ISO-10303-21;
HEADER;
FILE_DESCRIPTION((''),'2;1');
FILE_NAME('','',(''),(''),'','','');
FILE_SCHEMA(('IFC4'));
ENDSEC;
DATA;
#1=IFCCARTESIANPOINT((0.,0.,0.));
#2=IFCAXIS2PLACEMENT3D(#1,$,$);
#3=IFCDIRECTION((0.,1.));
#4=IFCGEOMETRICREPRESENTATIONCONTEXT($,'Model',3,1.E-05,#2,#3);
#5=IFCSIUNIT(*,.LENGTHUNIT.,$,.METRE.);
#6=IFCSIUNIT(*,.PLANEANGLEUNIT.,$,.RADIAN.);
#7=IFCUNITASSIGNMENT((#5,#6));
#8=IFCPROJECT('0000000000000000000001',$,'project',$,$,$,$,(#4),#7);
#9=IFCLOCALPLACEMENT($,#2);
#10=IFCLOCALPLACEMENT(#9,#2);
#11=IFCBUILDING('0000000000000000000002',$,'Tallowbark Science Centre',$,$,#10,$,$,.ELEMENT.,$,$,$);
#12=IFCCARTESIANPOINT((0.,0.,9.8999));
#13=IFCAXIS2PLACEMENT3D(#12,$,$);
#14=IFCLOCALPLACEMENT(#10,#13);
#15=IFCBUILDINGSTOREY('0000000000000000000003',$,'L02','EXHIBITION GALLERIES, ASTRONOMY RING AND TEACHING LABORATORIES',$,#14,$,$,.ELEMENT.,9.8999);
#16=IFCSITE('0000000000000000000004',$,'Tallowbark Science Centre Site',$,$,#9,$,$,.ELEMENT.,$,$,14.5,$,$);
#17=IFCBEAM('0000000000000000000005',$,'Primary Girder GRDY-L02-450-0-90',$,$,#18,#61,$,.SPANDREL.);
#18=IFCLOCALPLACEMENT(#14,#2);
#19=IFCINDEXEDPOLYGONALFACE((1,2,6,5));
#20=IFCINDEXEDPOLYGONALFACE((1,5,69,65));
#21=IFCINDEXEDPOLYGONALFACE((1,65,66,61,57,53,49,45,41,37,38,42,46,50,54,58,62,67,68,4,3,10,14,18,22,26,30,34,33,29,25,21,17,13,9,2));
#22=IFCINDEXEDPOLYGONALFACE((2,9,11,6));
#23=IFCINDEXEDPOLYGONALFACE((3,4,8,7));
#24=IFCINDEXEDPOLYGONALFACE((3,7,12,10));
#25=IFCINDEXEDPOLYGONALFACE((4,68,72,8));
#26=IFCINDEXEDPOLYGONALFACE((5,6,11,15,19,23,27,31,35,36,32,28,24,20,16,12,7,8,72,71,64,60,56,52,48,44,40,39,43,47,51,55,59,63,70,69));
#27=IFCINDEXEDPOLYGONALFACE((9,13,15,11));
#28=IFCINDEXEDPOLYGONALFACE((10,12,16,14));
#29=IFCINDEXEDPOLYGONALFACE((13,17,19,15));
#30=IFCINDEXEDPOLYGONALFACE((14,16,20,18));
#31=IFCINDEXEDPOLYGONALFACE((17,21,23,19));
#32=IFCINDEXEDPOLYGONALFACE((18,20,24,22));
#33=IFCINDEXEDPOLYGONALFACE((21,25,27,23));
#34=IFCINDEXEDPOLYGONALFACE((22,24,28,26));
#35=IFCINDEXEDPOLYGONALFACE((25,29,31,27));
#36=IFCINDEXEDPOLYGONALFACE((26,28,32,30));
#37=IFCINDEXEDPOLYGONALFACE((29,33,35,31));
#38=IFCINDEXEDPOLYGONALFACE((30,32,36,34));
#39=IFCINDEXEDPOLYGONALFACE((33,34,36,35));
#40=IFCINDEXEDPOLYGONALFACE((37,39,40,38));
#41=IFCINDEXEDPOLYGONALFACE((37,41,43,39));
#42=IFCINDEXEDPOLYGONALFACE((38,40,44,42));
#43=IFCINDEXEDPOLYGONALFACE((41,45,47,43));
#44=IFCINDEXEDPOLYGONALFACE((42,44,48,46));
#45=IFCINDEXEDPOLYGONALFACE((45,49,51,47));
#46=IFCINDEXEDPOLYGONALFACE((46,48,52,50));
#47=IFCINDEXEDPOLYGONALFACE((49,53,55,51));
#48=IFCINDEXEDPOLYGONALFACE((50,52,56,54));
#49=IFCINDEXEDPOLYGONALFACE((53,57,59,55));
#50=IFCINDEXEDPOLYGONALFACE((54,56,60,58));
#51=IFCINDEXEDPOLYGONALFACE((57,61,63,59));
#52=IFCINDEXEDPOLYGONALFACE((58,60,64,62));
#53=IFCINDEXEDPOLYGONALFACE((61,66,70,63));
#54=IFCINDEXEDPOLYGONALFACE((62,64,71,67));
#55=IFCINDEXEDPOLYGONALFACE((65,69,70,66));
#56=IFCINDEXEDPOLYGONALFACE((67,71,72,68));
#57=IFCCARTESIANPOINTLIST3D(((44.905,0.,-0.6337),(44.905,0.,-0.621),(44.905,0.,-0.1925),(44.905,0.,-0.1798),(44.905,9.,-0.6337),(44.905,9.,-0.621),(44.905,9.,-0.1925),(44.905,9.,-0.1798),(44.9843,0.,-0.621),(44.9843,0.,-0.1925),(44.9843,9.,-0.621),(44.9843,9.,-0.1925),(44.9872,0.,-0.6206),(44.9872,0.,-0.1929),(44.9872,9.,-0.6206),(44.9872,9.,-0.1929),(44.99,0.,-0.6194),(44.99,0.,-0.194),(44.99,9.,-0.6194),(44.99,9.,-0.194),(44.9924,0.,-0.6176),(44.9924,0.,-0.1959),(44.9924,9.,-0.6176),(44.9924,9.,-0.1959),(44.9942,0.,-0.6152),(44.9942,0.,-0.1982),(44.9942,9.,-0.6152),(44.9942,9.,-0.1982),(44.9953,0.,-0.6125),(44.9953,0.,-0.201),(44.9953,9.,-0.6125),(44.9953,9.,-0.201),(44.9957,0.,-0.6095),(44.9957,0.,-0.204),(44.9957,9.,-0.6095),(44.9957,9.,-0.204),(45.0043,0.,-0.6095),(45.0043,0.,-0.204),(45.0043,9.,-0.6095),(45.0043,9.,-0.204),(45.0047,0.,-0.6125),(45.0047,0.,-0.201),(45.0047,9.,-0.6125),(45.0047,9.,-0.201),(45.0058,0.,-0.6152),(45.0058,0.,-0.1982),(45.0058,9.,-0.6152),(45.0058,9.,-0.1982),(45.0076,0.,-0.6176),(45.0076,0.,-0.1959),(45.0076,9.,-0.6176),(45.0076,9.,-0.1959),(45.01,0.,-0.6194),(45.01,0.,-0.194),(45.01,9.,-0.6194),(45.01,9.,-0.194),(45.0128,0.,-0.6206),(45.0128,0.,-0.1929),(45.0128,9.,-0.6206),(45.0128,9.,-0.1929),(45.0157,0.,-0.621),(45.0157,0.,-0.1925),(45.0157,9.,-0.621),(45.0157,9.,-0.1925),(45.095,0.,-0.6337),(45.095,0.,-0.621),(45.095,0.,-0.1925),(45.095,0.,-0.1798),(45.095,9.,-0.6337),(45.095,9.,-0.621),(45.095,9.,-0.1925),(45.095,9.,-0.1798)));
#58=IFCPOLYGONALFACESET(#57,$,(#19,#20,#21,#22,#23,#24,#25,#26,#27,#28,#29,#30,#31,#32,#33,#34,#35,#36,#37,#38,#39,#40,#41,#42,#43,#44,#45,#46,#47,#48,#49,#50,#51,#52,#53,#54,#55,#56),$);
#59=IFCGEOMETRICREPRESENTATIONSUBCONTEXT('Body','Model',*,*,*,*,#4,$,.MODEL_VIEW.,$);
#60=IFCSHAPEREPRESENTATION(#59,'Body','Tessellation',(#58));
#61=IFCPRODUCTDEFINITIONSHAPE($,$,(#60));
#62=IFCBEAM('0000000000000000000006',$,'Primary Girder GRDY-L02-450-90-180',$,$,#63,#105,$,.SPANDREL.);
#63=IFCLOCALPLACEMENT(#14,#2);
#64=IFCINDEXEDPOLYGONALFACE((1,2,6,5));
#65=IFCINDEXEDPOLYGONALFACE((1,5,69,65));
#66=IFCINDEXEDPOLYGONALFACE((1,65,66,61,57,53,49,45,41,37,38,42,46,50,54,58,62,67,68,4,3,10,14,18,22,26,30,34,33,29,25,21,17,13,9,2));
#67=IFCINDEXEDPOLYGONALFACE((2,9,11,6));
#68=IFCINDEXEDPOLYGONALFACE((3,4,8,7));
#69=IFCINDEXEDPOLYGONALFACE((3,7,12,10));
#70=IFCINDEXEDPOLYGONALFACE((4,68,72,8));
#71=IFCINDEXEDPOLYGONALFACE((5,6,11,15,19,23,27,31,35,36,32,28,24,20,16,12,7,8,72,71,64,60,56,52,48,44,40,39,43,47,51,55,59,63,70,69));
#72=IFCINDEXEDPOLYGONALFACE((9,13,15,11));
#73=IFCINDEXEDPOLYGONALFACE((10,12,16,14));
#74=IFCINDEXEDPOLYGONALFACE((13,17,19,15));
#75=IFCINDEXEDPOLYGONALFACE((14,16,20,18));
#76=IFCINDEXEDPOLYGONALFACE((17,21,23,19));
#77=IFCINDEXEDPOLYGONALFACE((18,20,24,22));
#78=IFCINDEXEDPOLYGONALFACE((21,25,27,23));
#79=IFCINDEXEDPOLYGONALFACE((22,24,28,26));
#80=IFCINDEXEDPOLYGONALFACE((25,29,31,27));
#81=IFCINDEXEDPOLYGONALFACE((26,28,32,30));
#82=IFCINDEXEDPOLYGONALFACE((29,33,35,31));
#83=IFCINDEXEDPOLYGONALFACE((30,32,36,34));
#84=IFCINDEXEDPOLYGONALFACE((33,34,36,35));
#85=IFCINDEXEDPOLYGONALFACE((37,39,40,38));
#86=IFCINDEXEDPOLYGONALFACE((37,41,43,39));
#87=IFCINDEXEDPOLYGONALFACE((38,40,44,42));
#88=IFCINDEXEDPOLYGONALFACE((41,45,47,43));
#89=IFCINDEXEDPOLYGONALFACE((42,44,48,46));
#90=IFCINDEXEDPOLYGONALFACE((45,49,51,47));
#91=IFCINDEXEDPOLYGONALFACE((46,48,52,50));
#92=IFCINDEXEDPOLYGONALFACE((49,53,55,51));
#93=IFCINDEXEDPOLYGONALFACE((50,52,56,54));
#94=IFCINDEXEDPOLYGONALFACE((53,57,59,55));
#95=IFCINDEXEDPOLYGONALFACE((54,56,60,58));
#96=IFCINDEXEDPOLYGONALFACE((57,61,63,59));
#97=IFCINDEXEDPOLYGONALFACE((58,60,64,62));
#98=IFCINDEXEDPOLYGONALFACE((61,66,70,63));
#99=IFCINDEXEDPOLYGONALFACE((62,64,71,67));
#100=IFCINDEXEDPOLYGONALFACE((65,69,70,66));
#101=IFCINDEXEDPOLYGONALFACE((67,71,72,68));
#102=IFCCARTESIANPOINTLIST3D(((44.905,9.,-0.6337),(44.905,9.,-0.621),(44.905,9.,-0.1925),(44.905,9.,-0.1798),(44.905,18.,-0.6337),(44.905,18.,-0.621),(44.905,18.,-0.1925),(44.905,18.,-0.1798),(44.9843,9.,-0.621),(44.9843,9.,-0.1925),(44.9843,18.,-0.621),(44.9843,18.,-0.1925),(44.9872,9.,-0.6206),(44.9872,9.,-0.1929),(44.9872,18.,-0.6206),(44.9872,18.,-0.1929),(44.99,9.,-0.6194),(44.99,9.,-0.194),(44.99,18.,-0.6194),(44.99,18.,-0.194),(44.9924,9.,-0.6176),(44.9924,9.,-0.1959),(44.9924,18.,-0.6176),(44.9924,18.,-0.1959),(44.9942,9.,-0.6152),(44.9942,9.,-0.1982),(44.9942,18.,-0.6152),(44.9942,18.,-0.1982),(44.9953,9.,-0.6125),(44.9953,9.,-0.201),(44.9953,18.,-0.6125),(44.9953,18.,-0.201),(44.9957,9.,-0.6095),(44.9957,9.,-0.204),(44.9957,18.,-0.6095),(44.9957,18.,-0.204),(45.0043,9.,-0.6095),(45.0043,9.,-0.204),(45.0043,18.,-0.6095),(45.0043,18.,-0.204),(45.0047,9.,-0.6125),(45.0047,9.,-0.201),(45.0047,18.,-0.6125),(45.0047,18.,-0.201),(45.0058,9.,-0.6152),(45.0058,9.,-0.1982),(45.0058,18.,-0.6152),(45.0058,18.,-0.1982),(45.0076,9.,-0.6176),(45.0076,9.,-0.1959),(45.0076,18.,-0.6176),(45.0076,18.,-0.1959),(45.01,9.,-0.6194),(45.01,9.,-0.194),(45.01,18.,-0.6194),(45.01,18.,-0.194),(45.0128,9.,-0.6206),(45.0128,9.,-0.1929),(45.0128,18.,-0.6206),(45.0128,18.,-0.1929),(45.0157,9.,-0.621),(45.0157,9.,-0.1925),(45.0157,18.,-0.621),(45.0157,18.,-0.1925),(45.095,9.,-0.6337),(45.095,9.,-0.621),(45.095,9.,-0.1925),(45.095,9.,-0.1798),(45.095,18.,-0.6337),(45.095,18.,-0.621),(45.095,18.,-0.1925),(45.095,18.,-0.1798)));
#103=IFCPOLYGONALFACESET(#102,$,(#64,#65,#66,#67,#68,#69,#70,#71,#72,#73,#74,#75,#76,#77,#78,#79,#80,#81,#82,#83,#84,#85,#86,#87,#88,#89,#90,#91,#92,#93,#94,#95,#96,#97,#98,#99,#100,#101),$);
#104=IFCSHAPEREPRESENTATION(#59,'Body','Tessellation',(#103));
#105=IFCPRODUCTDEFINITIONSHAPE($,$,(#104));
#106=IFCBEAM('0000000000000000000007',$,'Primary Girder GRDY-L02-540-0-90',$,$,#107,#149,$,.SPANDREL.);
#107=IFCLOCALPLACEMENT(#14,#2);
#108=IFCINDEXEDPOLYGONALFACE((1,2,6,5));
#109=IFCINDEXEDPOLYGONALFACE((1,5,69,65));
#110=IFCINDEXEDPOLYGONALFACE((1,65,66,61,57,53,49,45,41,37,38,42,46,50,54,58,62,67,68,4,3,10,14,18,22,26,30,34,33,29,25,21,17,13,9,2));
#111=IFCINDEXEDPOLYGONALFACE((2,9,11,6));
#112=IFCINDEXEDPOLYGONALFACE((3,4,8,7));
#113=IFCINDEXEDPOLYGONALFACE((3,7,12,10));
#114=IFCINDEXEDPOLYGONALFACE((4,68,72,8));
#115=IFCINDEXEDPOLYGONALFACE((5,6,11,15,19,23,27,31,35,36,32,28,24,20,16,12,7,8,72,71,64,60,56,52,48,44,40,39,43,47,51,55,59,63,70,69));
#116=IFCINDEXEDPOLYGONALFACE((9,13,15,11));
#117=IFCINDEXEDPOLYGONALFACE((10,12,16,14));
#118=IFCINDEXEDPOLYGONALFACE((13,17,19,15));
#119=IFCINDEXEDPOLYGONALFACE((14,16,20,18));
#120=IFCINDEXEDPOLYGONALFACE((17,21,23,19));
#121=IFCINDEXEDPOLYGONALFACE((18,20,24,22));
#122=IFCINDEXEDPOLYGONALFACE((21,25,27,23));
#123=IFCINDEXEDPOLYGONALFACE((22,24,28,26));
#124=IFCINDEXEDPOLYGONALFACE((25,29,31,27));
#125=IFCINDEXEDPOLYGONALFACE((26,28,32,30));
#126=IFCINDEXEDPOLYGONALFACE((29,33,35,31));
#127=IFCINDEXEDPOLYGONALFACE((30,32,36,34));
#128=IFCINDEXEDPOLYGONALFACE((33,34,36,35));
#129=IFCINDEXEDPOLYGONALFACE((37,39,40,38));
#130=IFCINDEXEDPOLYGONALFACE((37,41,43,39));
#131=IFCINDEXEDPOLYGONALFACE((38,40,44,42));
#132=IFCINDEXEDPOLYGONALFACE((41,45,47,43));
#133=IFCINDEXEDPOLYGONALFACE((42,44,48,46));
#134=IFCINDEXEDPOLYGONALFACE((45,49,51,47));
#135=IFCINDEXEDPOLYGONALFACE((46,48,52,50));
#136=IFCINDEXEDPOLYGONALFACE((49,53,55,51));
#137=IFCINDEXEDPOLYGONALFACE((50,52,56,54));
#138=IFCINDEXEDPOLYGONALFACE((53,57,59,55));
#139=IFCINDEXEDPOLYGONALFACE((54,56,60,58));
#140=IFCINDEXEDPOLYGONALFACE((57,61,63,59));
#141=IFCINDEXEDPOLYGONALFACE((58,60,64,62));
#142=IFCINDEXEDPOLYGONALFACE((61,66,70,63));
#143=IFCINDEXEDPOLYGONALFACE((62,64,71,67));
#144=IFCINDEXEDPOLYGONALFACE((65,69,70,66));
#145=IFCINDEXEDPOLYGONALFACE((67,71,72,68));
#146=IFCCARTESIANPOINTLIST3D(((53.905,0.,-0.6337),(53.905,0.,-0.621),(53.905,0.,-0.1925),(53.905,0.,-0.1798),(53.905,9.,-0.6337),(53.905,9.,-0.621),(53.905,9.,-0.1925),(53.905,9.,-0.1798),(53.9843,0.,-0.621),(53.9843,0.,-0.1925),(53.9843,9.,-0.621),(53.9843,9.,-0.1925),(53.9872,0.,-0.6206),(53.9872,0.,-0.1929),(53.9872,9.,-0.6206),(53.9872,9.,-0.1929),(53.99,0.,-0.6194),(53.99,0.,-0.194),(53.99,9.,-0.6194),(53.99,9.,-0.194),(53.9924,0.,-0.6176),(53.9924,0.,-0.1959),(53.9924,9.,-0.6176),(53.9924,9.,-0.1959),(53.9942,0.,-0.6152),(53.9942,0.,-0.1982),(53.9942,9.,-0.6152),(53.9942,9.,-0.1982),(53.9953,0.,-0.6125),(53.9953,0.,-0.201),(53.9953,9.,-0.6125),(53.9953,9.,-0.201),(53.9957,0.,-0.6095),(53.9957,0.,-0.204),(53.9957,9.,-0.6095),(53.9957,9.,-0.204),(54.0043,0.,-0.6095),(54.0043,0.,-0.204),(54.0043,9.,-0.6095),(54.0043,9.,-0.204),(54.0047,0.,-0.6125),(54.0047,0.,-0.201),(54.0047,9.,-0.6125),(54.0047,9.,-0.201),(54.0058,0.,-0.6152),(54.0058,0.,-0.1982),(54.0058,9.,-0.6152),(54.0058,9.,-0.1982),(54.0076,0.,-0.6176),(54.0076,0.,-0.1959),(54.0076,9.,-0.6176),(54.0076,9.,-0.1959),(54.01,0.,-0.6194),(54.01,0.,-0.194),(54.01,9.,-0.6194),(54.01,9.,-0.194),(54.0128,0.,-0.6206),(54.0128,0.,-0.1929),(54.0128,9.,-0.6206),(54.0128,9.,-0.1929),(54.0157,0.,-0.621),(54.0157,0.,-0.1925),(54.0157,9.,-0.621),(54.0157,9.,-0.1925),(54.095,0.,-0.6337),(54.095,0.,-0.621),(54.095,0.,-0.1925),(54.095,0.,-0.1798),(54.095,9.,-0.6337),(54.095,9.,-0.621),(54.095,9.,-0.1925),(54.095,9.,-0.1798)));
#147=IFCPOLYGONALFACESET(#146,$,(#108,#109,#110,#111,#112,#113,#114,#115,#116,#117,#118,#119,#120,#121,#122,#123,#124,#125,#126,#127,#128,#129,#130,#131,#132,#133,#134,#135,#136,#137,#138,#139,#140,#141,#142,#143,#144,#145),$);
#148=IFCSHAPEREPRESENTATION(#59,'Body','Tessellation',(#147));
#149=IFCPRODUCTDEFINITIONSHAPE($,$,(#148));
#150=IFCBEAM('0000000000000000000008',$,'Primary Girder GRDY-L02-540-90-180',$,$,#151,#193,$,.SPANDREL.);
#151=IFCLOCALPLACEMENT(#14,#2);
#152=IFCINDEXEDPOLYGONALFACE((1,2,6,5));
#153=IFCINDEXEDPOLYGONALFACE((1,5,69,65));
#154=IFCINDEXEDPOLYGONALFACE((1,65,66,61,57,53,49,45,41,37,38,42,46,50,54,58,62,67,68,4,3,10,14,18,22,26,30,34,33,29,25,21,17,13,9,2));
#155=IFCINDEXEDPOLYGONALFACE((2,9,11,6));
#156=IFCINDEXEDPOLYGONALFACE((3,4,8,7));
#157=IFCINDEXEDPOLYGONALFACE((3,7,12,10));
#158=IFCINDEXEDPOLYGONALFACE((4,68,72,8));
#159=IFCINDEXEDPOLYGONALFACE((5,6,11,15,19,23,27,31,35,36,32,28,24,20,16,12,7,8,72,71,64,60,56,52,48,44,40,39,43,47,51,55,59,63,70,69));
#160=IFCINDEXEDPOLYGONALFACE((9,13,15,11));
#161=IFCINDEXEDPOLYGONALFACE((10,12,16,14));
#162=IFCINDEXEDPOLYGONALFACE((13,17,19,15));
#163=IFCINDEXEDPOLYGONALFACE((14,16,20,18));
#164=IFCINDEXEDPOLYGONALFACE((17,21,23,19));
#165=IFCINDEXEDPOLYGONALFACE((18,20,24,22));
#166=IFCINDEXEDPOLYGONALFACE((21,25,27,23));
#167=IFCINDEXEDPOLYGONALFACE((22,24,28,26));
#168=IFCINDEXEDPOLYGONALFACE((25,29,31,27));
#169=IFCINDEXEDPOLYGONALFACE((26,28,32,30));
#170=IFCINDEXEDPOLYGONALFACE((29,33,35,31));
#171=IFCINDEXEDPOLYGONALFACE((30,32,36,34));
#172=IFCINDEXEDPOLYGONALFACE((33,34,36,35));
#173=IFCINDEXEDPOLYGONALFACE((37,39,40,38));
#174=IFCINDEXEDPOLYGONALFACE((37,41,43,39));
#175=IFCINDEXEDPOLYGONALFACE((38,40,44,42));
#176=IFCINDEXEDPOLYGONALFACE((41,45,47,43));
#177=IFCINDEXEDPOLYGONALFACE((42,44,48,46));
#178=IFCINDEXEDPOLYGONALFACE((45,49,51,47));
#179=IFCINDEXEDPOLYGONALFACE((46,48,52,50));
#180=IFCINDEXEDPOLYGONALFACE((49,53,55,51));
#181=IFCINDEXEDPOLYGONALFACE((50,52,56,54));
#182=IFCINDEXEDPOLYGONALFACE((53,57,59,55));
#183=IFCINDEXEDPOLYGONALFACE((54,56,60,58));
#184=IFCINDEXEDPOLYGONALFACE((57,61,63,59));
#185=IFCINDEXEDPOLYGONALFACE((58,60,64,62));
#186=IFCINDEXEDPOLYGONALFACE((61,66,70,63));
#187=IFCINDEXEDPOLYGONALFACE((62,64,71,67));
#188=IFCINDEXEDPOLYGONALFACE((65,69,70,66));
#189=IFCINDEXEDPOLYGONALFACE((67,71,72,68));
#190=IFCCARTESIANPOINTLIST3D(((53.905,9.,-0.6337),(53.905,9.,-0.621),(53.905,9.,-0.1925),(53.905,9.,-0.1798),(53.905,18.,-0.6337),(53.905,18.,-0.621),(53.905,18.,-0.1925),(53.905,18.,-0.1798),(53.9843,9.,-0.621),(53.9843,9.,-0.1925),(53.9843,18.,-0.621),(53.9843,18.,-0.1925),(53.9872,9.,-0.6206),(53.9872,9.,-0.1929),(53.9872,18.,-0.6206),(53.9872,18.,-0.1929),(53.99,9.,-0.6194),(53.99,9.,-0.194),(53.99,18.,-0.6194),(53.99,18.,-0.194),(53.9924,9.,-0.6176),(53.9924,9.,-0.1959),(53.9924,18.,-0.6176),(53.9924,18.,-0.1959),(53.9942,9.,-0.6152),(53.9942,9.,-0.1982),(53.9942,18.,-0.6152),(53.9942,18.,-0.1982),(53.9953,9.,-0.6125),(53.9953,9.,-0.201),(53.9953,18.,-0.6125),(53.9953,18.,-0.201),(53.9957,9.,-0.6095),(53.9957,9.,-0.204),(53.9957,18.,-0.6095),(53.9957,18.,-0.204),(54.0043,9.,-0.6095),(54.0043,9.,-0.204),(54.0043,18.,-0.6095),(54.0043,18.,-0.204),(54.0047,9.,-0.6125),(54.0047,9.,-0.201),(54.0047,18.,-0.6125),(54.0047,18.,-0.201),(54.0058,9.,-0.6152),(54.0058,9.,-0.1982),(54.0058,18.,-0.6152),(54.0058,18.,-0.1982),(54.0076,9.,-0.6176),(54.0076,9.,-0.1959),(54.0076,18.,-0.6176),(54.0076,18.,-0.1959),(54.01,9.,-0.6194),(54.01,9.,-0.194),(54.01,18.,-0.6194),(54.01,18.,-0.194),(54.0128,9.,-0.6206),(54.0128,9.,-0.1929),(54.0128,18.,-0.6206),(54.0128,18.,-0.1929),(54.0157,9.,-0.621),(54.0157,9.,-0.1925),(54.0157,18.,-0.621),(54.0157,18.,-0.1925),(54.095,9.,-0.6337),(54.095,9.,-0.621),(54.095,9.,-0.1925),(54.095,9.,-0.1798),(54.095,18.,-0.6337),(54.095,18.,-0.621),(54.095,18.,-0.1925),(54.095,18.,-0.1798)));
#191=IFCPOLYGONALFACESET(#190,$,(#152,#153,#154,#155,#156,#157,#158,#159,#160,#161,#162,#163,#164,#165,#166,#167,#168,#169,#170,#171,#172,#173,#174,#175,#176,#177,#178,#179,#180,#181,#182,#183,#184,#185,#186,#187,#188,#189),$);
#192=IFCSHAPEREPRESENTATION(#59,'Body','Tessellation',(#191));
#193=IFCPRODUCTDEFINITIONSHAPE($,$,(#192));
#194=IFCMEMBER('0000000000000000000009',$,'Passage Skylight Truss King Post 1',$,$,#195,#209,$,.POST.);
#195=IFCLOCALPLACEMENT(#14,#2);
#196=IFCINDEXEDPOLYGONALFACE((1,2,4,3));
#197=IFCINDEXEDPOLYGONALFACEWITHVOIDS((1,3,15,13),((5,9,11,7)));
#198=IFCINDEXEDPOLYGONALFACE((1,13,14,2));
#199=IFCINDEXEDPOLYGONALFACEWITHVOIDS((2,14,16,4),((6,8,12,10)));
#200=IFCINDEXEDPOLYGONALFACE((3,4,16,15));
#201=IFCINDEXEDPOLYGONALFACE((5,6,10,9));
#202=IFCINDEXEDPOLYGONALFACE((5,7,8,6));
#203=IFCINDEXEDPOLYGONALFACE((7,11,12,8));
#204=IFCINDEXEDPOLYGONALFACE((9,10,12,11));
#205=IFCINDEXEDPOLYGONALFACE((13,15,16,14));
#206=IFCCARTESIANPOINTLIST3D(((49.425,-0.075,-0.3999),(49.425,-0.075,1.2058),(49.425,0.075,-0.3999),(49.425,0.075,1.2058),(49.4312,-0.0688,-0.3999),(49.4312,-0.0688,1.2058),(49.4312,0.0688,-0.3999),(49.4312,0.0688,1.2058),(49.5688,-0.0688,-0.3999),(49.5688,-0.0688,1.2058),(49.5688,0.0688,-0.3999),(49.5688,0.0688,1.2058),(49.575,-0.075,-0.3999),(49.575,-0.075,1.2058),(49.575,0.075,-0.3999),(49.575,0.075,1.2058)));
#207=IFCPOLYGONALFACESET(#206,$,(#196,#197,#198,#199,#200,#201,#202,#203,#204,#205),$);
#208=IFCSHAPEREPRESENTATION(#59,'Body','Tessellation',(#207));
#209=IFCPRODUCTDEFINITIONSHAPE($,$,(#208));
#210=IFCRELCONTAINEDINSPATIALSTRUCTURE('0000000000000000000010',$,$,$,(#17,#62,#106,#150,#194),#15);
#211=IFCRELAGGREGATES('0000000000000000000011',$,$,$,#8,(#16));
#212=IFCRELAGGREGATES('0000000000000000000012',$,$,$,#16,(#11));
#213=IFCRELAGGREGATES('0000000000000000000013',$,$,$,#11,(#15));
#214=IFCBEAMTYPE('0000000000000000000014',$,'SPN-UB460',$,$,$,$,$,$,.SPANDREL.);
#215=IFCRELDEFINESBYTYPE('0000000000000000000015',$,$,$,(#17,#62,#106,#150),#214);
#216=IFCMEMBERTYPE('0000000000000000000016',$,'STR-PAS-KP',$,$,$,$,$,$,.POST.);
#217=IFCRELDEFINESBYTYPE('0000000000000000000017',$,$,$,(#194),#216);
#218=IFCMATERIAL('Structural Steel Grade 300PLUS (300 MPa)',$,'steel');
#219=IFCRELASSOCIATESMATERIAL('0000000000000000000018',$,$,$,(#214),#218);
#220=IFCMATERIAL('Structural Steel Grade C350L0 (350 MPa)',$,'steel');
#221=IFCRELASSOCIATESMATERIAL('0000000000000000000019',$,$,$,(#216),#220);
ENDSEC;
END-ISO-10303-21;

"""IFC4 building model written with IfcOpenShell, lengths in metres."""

from ifc_helpers import new_model, si_unit, direction, frame, origin, origin_2d, place, context, subcontext, project, spatial, hollow_rectangle, i_section, extrude, material, material_profile, profile_set, type_object, element, save


model = new_model("IFC4")

# Units and contexts
model_context = context("Model", 3, precision=1e-05, world=origin(), true_north=direction((0.0, 1.0)))
body_context = subcontext(model_context, "Body", "Model", "MODEL_VIEW")
ifc_project = project(units=[si_unit("LENGTHUNIT", "METRE"), si_unit("PLANEANGLEUNIT", "RADIAN")], contexts=[model_context])

# Site, building, storey
site_placement = place(None, origin())
site = spatial("IfcSite", under=ifc_project, at=site_placement, Name="Tallowbark Science Centre Site", CompositionType="ELEMENT", RefElevation=14.5)
building_placement = place(site_placement, origin())
building = spatial("IfcBuilding", under=site, at=building_placement, Name="Tallowbark Science Centre", CompositionType="ELEMENT")
storey_placement = place(building_placement, frame((0.0, 0.0, 9.8999)))
storey = spatial("IfcBuildingStorey", under=building, at=storey_placement, Name="L02", Description="EXHIBITION GALLERIES, ASTRONOMY RING AND TEACHING LABORATORIES", CompositionType="ELEMENT", Elevation=9.8999)

# Shared definitions
ifc_material_1 = material(Name="Structural Steel Grade 300PLUS (300 MPa)", Category="steel")

# Shared definitions
ifc_material_2 = material(Name="Structural Steel Grade C350L0 (350 MPa)", Category="steel")

# Beams
ifc_material_profile_1 = material_profile(ifc_material_1, i_section(OverallWidth=0.1899, OverallDepth=0.4539, WebThickness=0.0085, FlangeThickness=0.0127, FilletRadius=0.0115, at=origin_2d()), Name="460UB67.1")
ifc_profile_set_1 = profile_set([ifc_material_profile_1], Name="Structural Steel Grade 300PLUS (300 MPa)")
beam_type_1 = type_object("IfcBeamType", Name="SPN-UB460", PredefinedType="SPANDREL", material=ifc_profile_set_1)
for number, where, z_axis, x_axis, name in (
    (1, (45.0, 0.0, -0.4067), (0.0, 1.0, 0.0), (-1.0, 0.0, 0.0), "Primary Girder GRDY-L02-450-0-90"),
    (2, (45.0, 9.0, -0.4067), (0.0, 1.0, 0.0), (-1.0, 0.0, 0.0), "Primary Girder GRDY-L02-450-90-180"),
    (3, (54.0, 0.0, -0.4067), (0.0, 1.0, 0.0), (-1.0, 0.0, 0.0), "Primary Girder GRDY-L02-540-0-90"),
    (4, (54.0, 9.0, -0.4067), (0.0, 1.0, 0.0), (-1.0, 0.0, 0.0), "Primary Girder GRDY-L02-540-90-180"),
):
    element("IfcBeam", number, at=place(storey_placement, frame(where, z_axis=z_axis, x_axis=x_axis)), inside=storey, type_object=beam_type_1, Name=name, PredefinedType="SPANDREL", context=body_context, shape_type="SweptSolid", body=[
        extrude(i_section(OverallWidth=0.1899, OverallDepth=0.4539, WebThickness=0.0085, FlangeThickness=0.0127, FilletRadius=0.0115, at=origin_2d()), origin(), (0.0, 0.0, 1.0), 9.0),
    ])

# Member
ifc_material_profile_2 = material_profile(ifc_material_2, hollow_rectangle(XDim=0.1499, YDim=0.1499, WallThickness=0.0061, at=origin_2d()), Name="150x150x6.0SHS")
ifc_profile_set_2 = profile_set([ifc_material_profile_2], Name="Structural Steel Grade C350L0 (350 MPa)")
member_type_1 = type_object("IfcMemberType", Name="STR-PAS-KP", PredefinedType="POST", material=ifc_profile_set_2)
for number, where, z_axis, x_axis, name in (
    (5, (49.5, 0.0, -0.3999), (0.0, 0.0, 1.0), (1.0, 0.0, 0.0), "Passage Skylight Truss King Post 1"),
):
    element("IfcMember", number, at=place(storey_placement, frame(where, z_axis=z_axis, x_axis=x_axis)), inside=storey, type_object=member_type_1, Name=name, PredefinedType="POST", context=body_context, shape_type="SweptSolid", body=[
        extrude(hollow_rectangle(XDim=0.1499, YDim=0.1499, WallThickness=0.0061, at=origin_2d()), origin(), (0.0, 0.0, 1.0), 1.6057),
    ])

save(model, "model.ifc")
